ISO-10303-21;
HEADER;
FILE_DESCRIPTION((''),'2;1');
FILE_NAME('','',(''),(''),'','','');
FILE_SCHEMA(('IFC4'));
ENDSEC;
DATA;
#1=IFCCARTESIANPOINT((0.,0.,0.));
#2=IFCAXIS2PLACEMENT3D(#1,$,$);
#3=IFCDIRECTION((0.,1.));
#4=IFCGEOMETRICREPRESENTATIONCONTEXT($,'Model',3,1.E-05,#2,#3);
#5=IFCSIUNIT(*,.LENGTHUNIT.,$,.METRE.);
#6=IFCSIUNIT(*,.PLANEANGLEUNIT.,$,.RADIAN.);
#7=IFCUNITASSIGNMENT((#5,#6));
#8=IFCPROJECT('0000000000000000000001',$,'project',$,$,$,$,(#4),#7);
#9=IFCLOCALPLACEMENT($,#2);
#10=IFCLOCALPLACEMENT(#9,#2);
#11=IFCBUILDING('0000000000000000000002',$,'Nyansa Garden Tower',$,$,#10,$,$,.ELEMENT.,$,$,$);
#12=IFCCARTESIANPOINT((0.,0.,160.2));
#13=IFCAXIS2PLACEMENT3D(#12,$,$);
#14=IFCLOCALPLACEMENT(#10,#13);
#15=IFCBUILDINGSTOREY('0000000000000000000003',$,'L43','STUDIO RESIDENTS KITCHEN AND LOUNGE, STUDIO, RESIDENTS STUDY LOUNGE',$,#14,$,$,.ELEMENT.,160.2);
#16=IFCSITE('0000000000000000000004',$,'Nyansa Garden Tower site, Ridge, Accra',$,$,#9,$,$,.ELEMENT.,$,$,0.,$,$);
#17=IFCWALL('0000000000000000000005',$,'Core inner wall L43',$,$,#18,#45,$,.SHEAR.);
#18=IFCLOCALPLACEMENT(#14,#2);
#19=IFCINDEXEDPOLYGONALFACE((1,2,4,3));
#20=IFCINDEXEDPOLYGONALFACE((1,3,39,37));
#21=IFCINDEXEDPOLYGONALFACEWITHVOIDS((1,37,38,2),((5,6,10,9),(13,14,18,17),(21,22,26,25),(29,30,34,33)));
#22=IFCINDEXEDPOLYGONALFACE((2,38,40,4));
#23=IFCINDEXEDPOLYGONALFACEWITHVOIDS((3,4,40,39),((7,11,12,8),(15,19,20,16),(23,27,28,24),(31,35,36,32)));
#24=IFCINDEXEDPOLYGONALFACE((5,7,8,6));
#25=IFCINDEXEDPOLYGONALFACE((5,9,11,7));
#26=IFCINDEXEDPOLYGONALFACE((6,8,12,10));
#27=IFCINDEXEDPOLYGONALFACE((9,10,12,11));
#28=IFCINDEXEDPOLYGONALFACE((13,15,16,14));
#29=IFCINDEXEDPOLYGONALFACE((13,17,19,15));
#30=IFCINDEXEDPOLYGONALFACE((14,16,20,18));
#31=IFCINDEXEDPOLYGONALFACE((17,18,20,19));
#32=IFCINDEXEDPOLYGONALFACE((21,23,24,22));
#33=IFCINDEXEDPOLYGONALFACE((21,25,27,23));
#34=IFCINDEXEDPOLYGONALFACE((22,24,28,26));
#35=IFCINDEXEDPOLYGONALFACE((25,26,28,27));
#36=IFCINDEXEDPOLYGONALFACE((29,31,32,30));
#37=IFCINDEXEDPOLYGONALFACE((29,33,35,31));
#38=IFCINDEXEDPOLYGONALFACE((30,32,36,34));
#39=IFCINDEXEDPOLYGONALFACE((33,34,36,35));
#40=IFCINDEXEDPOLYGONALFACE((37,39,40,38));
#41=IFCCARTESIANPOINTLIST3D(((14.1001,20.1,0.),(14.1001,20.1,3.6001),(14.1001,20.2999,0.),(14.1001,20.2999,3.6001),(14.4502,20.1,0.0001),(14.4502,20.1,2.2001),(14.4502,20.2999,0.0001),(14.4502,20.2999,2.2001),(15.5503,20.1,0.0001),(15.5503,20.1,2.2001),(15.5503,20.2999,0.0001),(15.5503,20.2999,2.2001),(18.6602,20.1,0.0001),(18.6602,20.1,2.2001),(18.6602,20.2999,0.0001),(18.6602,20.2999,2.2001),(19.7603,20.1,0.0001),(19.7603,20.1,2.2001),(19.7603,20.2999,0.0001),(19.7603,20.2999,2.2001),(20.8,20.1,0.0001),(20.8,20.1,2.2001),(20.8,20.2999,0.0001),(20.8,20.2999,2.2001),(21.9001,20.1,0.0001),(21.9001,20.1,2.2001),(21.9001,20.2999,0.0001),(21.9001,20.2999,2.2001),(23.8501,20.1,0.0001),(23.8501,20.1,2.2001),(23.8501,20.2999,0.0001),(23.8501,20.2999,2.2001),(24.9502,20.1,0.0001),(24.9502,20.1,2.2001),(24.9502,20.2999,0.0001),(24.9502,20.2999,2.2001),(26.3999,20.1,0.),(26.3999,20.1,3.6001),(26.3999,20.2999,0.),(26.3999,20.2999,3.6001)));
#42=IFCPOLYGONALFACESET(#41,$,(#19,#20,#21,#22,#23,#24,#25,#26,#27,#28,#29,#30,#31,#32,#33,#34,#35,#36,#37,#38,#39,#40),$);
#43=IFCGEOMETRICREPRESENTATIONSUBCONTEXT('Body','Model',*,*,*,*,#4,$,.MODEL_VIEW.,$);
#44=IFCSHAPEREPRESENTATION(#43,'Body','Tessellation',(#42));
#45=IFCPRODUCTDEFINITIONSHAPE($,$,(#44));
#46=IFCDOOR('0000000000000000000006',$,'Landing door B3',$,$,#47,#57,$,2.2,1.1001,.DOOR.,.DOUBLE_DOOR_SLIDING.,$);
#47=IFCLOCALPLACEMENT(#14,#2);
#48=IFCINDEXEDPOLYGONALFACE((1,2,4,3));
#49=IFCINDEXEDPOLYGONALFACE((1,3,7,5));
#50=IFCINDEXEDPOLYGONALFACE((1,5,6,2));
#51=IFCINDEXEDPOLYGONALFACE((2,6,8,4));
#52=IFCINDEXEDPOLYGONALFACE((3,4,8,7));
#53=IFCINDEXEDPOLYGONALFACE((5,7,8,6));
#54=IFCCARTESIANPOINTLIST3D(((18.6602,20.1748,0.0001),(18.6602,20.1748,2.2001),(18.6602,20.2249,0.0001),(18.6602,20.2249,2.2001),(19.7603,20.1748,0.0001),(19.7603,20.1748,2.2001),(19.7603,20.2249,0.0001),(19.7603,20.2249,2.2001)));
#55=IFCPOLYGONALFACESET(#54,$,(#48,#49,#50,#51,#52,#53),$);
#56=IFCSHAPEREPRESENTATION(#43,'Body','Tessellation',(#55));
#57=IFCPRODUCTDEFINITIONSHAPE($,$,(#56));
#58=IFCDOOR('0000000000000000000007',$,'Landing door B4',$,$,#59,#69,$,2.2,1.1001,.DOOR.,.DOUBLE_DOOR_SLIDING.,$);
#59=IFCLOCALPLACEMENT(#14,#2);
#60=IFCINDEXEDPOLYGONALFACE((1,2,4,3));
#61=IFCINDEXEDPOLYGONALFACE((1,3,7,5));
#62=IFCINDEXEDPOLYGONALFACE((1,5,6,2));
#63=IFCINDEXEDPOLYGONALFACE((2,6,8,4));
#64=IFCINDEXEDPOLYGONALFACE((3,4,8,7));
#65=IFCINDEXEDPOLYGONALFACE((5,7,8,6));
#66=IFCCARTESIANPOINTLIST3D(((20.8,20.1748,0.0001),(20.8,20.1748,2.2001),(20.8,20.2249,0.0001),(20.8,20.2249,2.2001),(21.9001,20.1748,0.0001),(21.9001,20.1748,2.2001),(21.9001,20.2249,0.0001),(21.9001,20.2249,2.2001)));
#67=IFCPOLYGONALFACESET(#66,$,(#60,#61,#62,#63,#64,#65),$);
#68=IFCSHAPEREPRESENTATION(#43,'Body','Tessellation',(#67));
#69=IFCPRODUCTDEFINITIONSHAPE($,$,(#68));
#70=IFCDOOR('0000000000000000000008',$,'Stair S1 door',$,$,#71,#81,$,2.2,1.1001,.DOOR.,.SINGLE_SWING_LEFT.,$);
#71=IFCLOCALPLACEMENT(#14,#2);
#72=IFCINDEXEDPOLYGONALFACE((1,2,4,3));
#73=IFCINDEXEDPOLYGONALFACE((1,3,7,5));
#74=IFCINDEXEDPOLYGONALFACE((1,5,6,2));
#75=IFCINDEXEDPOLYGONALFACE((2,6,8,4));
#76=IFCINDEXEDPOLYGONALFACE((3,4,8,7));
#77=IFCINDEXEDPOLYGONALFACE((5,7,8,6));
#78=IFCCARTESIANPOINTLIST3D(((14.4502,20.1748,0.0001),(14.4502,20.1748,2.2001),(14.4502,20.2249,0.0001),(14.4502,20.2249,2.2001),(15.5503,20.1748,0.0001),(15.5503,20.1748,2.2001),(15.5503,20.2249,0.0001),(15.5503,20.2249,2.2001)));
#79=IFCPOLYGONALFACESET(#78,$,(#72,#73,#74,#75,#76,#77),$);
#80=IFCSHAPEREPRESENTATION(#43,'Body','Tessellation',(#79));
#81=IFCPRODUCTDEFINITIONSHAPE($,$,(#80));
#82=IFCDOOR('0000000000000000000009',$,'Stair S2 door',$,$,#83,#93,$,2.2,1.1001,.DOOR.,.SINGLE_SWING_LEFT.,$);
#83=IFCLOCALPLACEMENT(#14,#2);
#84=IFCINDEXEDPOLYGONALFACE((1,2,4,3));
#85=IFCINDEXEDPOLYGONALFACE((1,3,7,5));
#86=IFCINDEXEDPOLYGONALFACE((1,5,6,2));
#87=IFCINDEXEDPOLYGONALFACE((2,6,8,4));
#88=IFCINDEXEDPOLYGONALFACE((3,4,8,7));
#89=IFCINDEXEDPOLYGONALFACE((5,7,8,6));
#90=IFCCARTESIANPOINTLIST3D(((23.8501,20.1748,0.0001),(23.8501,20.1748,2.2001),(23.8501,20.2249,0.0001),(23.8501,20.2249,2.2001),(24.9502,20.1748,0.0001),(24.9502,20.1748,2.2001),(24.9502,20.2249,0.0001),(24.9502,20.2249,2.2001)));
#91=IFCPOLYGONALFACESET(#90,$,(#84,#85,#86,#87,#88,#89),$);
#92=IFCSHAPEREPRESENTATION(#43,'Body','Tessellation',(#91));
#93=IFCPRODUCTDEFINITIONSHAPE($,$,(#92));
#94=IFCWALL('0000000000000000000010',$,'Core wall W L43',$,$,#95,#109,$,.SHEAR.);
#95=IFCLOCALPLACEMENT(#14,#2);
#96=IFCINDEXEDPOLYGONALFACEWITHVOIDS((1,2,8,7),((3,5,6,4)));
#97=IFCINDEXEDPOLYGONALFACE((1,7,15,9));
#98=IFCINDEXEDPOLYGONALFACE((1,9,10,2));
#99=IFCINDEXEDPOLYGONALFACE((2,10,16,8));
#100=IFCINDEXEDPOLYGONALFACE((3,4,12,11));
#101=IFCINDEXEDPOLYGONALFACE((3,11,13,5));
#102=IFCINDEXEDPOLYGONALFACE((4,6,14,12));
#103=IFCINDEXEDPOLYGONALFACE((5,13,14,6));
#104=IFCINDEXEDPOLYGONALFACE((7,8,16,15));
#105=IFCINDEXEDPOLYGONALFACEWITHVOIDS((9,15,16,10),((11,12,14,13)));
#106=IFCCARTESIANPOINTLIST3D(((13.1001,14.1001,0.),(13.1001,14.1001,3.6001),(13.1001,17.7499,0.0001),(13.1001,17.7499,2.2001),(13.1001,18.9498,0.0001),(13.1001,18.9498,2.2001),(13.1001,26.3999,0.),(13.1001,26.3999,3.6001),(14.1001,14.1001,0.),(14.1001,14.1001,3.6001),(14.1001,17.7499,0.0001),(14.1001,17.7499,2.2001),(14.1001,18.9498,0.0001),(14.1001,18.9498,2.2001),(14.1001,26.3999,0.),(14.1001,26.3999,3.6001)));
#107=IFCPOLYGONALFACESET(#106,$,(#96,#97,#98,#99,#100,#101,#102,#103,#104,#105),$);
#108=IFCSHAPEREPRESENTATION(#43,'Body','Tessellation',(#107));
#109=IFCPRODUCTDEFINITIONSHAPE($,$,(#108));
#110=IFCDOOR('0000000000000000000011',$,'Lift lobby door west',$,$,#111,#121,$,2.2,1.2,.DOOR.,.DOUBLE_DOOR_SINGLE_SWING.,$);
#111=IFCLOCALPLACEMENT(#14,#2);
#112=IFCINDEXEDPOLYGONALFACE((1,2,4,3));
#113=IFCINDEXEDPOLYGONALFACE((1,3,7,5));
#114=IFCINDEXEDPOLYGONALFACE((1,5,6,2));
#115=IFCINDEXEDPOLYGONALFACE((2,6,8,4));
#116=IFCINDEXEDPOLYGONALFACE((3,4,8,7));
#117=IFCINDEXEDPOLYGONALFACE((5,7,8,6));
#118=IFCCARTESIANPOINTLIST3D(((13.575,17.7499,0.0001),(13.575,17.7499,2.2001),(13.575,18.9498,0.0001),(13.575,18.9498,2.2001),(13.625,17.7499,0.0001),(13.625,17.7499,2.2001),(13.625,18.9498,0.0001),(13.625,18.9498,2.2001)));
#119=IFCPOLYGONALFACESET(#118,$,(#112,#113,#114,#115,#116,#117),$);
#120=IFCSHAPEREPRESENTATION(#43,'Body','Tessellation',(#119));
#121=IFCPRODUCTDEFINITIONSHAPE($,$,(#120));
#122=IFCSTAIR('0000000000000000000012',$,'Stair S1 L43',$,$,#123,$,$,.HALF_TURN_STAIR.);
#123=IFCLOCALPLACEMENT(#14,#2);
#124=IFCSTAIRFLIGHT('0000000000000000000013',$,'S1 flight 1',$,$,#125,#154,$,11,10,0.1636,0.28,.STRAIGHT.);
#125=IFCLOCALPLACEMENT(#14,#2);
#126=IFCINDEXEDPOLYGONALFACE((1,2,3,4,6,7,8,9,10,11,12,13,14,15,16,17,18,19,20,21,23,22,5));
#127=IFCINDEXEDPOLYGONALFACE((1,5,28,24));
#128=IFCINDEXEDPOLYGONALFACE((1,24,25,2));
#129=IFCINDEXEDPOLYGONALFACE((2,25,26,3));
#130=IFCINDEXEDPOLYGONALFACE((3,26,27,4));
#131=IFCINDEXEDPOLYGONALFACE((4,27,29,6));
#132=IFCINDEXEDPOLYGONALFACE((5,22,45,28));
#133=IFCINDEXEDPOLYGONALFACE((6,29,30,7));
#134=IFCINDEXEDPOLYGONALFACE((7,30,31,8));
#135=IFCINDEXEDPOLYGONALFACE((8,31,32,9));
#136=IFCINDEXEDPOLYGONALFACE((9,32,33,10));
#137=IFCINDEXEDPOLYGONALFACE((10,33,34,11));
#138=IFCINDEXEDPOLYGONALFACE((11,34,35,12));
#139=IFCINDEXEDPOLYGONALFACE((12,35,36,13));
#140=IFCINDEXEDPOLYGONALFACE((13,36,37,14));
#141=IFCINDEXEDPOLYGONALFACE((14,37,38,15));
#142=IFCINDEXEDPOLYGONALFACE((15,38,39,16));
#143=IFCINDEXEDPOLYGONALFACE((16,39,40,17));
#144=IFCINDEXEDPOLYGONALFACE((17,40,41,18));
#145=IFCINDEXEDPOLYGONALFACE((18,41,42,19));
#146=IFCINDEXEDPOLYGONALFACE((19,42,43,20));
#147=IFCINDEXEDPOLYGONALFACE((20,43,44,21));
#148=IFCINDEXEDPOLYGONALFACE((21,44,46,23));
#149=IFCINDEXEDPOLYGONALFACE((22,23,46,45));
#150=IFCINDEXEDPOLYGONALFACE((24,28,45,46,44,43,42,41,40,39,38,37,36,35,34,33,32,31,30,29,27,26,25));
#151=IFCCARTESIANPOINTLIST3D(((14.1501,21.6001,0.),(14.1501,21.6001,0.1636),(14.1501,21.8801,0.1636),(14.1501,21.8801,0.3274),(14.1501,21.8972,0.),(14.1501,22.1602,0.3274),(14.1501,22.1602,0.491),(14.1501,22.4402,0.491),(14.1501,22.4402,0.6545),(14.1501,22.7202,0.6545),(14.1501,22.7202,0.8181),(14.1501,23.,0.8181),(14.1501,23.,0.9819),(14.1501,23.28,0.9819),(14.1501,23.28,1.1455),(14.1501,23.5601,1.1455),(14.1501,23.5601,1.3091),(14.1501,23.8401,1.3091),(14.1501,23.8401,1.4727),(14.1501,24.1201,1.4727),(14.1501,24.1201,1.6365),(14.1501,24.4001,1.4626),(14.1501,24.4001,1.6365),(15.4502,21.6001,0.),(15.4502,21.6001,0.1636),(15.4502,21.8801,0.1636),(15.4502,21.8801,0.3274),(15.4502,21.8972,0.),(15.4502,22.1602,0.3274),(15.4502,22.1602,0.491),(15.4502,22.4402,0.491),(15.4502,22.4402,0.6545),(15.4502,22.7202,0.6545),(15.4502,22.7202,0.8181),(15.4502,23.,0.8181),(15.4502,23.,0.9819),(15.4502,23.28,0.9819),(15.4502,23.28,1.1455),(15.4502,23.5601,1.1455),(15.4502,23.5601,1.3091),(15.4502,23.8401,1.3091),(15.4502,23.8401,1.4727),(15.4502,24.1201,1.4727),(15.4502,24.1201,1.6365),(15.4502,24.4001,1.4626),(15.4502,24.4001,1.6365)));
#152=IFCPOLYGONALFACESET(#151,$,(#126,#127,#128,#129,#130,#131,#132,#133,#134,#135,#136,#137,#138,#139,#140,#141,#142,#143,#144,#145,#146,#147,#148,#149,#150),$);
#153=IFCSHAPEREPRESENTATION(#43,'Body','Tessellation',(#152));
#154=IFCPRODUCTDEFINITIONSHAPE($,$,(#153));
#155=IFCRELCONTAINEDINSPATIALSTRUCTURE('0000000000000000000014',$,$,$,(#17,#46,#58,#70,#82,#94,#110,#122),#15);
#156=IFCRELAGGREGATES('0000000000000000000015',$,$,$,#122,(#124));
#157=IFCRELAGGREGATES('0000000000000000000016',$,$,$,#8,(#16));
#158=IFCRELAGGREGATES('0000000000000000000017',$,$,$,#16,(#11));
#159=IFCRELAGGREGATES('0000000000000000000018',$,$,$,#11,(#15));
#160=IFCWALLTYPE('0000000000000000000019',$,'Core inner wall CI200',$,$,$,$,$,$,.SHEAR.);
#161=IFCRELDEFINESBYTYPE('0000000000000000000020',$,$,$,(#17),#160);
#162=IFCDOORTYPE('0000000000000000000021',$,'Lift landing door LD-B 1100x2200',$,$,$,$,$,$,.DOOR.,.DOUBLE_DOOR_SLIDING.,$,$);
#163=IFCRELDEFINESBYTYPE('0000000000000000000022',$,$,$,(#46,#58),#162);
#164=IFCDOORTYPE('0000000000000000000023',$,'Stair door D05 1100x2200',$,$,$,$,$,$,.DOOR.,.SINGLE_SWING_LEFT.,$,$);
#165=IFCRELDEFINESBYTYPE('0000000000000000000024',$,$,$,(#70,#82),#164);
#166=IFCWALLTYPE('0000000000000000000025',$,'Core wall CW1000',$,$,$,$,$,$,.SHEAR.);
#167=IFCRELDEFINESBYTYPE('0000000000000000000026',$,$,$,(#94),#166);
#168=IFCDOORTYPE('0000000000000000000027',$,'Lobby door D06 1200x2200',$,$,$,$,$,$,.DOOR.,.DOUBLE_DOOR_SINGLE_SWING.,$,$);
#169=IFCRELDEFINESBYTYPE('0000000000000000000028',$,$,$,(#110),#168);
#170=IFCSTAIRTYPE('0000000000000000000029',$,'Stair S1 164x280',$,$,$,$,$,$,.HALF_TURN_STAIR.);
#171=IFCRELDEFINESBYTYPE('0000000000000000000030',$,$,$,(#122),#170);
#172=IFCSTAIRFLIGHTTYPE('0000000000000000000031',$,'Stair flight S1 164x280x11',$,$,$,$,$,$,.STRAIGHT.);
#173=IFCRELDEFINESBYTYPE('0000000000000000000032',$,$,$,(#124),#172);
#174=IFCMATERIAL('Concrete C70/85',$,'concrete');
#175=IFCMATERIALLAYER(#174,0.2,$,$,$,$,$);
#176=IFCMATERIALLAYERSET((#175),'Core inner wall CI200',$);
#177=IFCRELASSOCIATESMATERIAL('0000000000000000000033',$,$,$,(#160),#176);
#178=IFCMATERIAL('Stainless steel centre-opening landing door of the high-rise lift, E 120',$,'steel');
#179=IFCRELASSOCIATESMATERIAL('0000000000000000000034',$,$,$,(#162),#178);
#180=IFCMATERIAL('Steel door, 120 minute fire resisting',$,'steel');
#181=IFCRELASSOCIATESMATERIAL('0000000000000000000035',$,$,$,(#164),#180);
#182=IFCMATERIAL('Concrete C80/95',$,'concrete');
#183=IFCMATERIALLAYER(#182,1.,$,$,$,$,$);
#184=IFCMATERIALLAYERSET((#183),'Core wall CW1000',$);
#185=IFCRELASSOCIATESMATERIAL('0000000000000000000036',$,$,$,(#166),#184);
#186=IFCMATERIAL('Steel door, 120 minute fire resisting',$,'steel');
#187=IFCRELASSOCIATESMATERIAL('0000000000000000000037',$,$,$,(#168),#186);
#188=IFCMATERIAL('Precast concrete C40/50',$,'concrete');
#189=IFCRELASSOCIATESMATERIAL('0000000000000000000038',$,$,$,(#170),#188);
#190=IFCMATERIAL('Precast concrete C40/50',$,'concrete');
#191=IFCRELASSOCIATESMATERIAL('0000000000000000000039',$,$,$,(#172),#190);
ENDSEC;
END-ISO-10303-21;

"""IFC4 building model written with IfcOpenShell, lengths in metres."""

from ifc_helpers import new_model, si_unit, direction, frame, frame_2d, origin, place, context, subcontext, project, spatial, polyline, rectangle, outline, extrude, material, layer, layer_set, type_object, element, fill, aggregate, save


model = new_model("IFC4")

# Units and contexts
model_context = context("Model", 3, precision=1e-05, world=origin(), true_north=direction((0.0, 1.0)))
body_context = subcontext(model_context, "Body", "Model", "MODEL_VIEW")
ifc_project = project(units=[si_unit("LENGTHUNIT", "METRE"), si_unit("PLANEANGLEUNIT", "RADIAN")], contexts=[model_context])

# Site, building, storey
site_placement = place(None, origin())
site = spatial("IfcSite", under=ifc_project, at=site_placement, Name="Nyansa Garden Tower site, Ridge, Accra", CompositionType="ELEMENT", RefElevation=0.0)
building_placement = place(site_placement, origin())
building = spatial("IfcBuilding", under=site, at=building_placement, Name="Nyansa Garden Tower", CompositionType="ELEMENT")
storey_placement = place(building_placement, frame((0.0, 0.0, 160.2)))
storey = spatial("IfcBuildingStorey", under=building, at=storey_placement, Name="L43", Description="STUDIO RESIDENTS KITCHEN AND LOUNGE, STUDIO, RESIDENTS STUDY LOUNGE", CompositionType="ELEMENT", Elevation=160.2)

# Wall, openings, doors
ifc_material_1 = material(Name="Concrete C70/85", Category="concrete")
ifc_layer_1 = layer(ifc_material_1, 0.2)
ifc_layer_set_1 = layer_set([ifc_layer_1], Name="Core inner wall CI200")
wall_type_1 = type_object("IfcWallType", Name="Core inner wall CI200", PredefinedType="SHEAR", material=ifc_layer_set_1)
ifc_material_2 = material(Name="Stainless steel centre-opening landing door of the high-rise lift, E 120", Category="steel")
door_type_1 = type_object("IfcDoorType", Name="Lift landing door LD-B 1100x2200", OperationType="DOUBLE_DOOR_SLIDING", PredefinedType="DOOR", material=ifc_material_2)
wall_1_placement = place(storey_placement, frame((14.1001, 20.2, 0.0), z_axis=(0.0, 0.0, 1.0), x_axis=(1.0, 0.0, 0.0)))
wall_1 = element("IfcWall", 1, at=wall_1_placement, inside=storey, type_object=wall_type_1, Name="Core inner wall L43", PredefinedType="SHEAR", context=body_context, shape_type="SweptSolid", body=[
    extrude(rectangle(XDim=12.2998, YDim=0.2, at=frame_2d((6.1499, 0.0))), origin(), (0.0, 0.0, 1.0), 3.6001),
])
opening_1_placement = place(wall_1_placement, frame((4.5601, 0.0, 0.0)))
opening_1 = element("IfcOpeningElement", 2, at=opening_1_placement, cuts=wall_1, PredefinedType="OPENING", context=body_context, shape_type="SweptSolid", body=[
    extrude(rectangle(XDim=1.1001, YDim=2.2, at=frame_2d((0.55, 1.1001))), frame((0.0, 0.1099, 0.0), z_axis=(0.0, -1.0, 0.0), x_axis=(1.0, 0.0, 0.0)), (0.0, 0.0, 1.0), 0.22),
])
opening_2_placement = place(wall_1_placement, frame((6.7, 0.0, 0.0)))
opening_2 = element("IfcOpeningElement", 3, at=opening_2_placement, cuts=wall_1, PredefinedType="OPENING", context=body_context, shape_type="SweptSolid", body=[
    extrude(rectangle(XDim=1.1001, YDim=2.2, at=frame_2d((0.55, 1.1001))), frame((0.0, 0.1099, 0.0), z_axis=(0.0, -1.0, 0.0), x_axis=(1.0, 0.0, 0.0)), (0.0, 0.0, 1.0), 0.22),
])
opening_3_placement = place(wall_1_placement, frame((0.3501, 0.0, 0.0)))
opening_3 = element("IfcOpeningElement", 4, at=opening_3_placement, cuts=wall_1, PredefinedType="OPENING", context=body_context, shape_type="SweptSolid", body=[
    extrude(rectangle(XDim=1.1001, YDim=2.2, at=frame_2d((0.55, 1.1001))), frame((0.0, 0.1099, 0.0), z_axis=(0.0, -1.0, 0.0), x_axis=(1.0, 0.0, 0.0)), (0.0, 0.0, 1.0), 0.22),
])
opening_4_placement = place(wall_1_placement, frame((9.75, 0.0, 0.0)))
opening_4 = element("IfcOpeningElement", 5, at=opening_4_placement, cuts=wall_1, PredefinedType="OPENING", context=body_context, shape_type="SweptSolid", body=[
    extrude(rectangle(XDim=1.1001, YDim=2.2, at=frame_2d((0.55, 1.1001))), frame((0.0, 0.1099, 0.0), z_axis=(0.0, -1.0, 0.0), x_axis=(1.0, 0.0, 0.0)), (0.0, 0.0, 1.0), 0.22),
])
door_1_placement = place(opening_1_placement, origin())
door_1 = element("IfcDoor", 6, at=door_1_placement, inside=storey, type_object=door_type_1, Name="Landing door B3", OperationType="DOUBLE_DOOR_SLIDING", OverallHeight=2.2, OverallWidth=1.1001, PredefinedType="DOOR", context=body_context, shape_type="SweptSolid", body=[
    extrude(rectangle(XDim=1.1001, YDim=2.2, at=frame_2d((0.55, 1.1001))), frame((0.0, 0.0249, 0.0), z_axis=(0.0, -1.0, 0.0), x_axis=(1.0, 0.0, 0.0)), (0.0, 0.0, 1.0), 0.05),
])
fill(opening_1, door_1)
door_2_placement = place(opening_2_placement, origin())
door_2 = element("IfcDoor", 7, at=door_2_placement, inside=storey, type_object=door_type_1, Name="Landing door B4", OperationType="DOUBLE_DOOR_SLIDING", OverallHeight=2.2, OverallWidth=1.1001, PredefinedType="DOOR", context=body_context, shape_type="SweptSolid", body=[
    extrude(rectangle(XDim=1.1001, YDim=2.2, at=frame_2d((0.55, 1.1001))), frame((0.0, 0.0249, 0.0), z_axis=(0.0, -1.0, 0.0), x_axis=(1.0, 0.0, 0.0)), (0.0, 0.0, 1.0), 0.05),
])
fill(opening_2, door_2)
ifc_material_3 = material(Name="Steel door, 120 minute fire resisting", Category="steel")
door_type_2 = type_object("IfcDoorType", Name="Stair door D05 1100x2200", OperationType="SINGLE_SWING_LEFT", PredefinedType="DOOR", material=ifc_material_3)
door_3_placement = place(opening_3_placement, origin())
door_3 = element("IfcDoor", 8, at=door_3_placement, inside=storey, type_object=door_type_2, Name="Stair S1 door", OperationType="SINGLE_SWING_LEFT", OverallHeight=2.2, OverallWidth=1.1001, PredefinedType="DOOR", context=body_context, shape_type="SweptSolid", body=[
    extrude(rectangle(XDim=1.1001, YDim=2.2, at=frame_2d((0.55, 1.1001))), frame((0.0, 0.0249, 0.0), z_axis=(0.0, -1.0, 0.0), x_axis=(1.0, 0.0, 0.0)), (0.0, 0.0, 1.0), 0.05),
])
fill(opening_3, door_3)
door_4_placement = place(opening_4_placement, origin())
door_4 = element("IfcDoor", 9, at=door_4_placement, inside=storey, type_object=door_type_2, Name="Stair S2 door", OperationType="SINGLE_SWING_LEFT", OverallHeight=2.2, OverallWidth=1.1001, PredefinedType="DOOR", context=body_context, shape_type="SweptSolid", body=[
    extrude(rectangle(XDim=1.1001, YDim=2.2, at=frame_2d((0.55, 1.1001))), frame((0.0, 0.0249, 0.0), z_axis=(0.0, -1.0, 0.0), x_axis=(1.0, 0.0, 0.0)), (0.0, 0.0, 1.0), 0.05),
])
fill(opening_4, door_4)

# Wall, opening, door
ifc_material_4 = material(Name="Concrete C80/95", Category="concrete")
ifc_layer_2 = layer(ifc_material_4, 1.0)
ifc_layer_set_2 = layer_set([ifc_layer_2], Name="Core wall CW1000")
wall_type_2 = type_object("IfcWallType", Name="Core wall CW1000", PredefinedType="SHEAR", material=ifc_layer_set_2)
wall_2_placement = place(storey_placement, frame((13.6001, 26.3999, 0.0), z_axis=(0.0, 0.0, 1.0), x_axis=(0.0, -1.0, 0.0)))
wall_2 = element("IfcWall", 10, at=wall_2_placement, inside=storey, type_object=wall_type_2, Name="Core wall W L43", PredefinedType="SHEAR", context=body_context, shape_type="SweptSolid", body=[
    extrude(rectangle(XDim=12.2998, YDim=1.0, at=frame_2d((6.1499, 0.0))), origin(), (0.0, 0.0, 1.0), 3.6001),
])
opening_5_placement = place(wall_2_placement, frame((7.45, 0.0, 0.0)))
opening_5 = element("IfcOpeningElement", 11, at=opening_5_placement, cuts=wall_2, PredefinedType="OPENING", context=body_context, shape_type="SweptSolid", body=[
    extrude(rectangle(XDim=1.2, YDim=2.2, at=frame_2d((0.6001, 1.1001))), frame((0.0, 0.51, 0.0), z_axis=(0.0, -1.0, 0.0), x_axis=(1.0, 0.0, 0.0)), (0.0, 0.0, 1.0), 1.02),
])
ifc_material_5 = material(Name="Steel door, 120 minute fire resisting", Category="steel")
door_type_3 = type_object("IfcDoorType", Name="Lobby door D06 1200x2200", OperationType="DOUBLE_DOOR_SINGLE_SWING", PredefinedType="DOOR", material=ifc_material_5)
door_5_placement = place(opening_5_placement, origin())
door_5 = element("IfcDoor", 12, at=door_5_placement, inside=storey, type_object=door_type_3, Name="Lift lobby door west", OperationType="DOUBLE_DOOR_SINGLE_SWING", OverallHeight=2.2, OverallWidth=1.2, PredefinedType="DOOR", context=body_context, shape_type="SweptSolid", body=[
    extrude(rectangle(XDim=1.2, YDim=2.2, at=frame_2d((0.6001, 1.1001))), frame((0.0, 0.0249, 0.0), z_axis=(0.0, -1.0, 0.0), x_axis=(1.0, 0.0, 0.0)), (0.0, 0.0, 1.0), 0.05),
])
fill(opening_5, door_5)

# Stair, stair flight
ifc_material_6 = material(Name="Precast concrete C40/50", Category="concrete")
stair_type = type_object("IfcStairType", Name="Stair S1 164x280", PredefinedType="HALF_TURN_STAIR", material=ifc_material_6)
stair_placement = place(storey_placement, origin())
stair = element("IfcStair", 13, at=stair_placement, inside=storey, type_object=stair_type, Name="Stair S1 L43", PredefinedType="HALF_TURN_STAIR")
ifc_material_7 = material(Name="Precast concrete C40/50", Category="concrete")
stair_flight_type = type_object("IfcStairFlightType", Name="Stair flight S1 164x280x11", PredefinedType="STRAIGHT", material=ifc_material_7)
stair_flight_placement = place(storey_placement, frame((14.8, 21.6001, 0.0), z_axis=(0.0, 0.0, 1.0), x_axis=(0.0, 1.0, 0.0)))
stair_flight = element("IfcStairFlight", 14, at=stair_flight_placement, type_object=stair_flight_type, Name="S1 flight 1", NumberOfRisers=11, NumberOfTreads=10, PredefinedType="STRAIGHT", RiserHeight=0.1636, TreadLength=0.28, context=body_context, shape_type="SweptSolid", body=[
    extrude(outline(polyline([(0.0, 0.0), (0.0, 0.1636), (0.28, 0.1636), (0.28, 0.3274), (0.5601, 0.3274), (0.5601, 0.491), (0.8401, 0.491), (0.8401, 0.6545), (1.1201, 0.6545), (1.1201, 0.8181), (1.3999, 0.8181), (1.3999, 0.9819), (1.6799, 0.9819), (1.6799, 1.1455), (1.96, 1.1455), (1.96, 1.3091), (2.24, 1.3091), (2.24, 1.4727), (2.52, 1.4727), (2.52, 1.6365), (2.8, 1.6365), (2.8, 1.8), (2.8, 1.4626), (0.2971, 0.0), (0.0, 0.0)])), frame((0.0, 0.6499, 0.0), z_axis=(0.0, -1.0, 0.0), x_axis=(1.0, 0.0, 0.0)), (0.0, 0.0, 1.0), 1.3),
])
aggregate(stair, [stair_flight])

save(model, "model.ifc")
